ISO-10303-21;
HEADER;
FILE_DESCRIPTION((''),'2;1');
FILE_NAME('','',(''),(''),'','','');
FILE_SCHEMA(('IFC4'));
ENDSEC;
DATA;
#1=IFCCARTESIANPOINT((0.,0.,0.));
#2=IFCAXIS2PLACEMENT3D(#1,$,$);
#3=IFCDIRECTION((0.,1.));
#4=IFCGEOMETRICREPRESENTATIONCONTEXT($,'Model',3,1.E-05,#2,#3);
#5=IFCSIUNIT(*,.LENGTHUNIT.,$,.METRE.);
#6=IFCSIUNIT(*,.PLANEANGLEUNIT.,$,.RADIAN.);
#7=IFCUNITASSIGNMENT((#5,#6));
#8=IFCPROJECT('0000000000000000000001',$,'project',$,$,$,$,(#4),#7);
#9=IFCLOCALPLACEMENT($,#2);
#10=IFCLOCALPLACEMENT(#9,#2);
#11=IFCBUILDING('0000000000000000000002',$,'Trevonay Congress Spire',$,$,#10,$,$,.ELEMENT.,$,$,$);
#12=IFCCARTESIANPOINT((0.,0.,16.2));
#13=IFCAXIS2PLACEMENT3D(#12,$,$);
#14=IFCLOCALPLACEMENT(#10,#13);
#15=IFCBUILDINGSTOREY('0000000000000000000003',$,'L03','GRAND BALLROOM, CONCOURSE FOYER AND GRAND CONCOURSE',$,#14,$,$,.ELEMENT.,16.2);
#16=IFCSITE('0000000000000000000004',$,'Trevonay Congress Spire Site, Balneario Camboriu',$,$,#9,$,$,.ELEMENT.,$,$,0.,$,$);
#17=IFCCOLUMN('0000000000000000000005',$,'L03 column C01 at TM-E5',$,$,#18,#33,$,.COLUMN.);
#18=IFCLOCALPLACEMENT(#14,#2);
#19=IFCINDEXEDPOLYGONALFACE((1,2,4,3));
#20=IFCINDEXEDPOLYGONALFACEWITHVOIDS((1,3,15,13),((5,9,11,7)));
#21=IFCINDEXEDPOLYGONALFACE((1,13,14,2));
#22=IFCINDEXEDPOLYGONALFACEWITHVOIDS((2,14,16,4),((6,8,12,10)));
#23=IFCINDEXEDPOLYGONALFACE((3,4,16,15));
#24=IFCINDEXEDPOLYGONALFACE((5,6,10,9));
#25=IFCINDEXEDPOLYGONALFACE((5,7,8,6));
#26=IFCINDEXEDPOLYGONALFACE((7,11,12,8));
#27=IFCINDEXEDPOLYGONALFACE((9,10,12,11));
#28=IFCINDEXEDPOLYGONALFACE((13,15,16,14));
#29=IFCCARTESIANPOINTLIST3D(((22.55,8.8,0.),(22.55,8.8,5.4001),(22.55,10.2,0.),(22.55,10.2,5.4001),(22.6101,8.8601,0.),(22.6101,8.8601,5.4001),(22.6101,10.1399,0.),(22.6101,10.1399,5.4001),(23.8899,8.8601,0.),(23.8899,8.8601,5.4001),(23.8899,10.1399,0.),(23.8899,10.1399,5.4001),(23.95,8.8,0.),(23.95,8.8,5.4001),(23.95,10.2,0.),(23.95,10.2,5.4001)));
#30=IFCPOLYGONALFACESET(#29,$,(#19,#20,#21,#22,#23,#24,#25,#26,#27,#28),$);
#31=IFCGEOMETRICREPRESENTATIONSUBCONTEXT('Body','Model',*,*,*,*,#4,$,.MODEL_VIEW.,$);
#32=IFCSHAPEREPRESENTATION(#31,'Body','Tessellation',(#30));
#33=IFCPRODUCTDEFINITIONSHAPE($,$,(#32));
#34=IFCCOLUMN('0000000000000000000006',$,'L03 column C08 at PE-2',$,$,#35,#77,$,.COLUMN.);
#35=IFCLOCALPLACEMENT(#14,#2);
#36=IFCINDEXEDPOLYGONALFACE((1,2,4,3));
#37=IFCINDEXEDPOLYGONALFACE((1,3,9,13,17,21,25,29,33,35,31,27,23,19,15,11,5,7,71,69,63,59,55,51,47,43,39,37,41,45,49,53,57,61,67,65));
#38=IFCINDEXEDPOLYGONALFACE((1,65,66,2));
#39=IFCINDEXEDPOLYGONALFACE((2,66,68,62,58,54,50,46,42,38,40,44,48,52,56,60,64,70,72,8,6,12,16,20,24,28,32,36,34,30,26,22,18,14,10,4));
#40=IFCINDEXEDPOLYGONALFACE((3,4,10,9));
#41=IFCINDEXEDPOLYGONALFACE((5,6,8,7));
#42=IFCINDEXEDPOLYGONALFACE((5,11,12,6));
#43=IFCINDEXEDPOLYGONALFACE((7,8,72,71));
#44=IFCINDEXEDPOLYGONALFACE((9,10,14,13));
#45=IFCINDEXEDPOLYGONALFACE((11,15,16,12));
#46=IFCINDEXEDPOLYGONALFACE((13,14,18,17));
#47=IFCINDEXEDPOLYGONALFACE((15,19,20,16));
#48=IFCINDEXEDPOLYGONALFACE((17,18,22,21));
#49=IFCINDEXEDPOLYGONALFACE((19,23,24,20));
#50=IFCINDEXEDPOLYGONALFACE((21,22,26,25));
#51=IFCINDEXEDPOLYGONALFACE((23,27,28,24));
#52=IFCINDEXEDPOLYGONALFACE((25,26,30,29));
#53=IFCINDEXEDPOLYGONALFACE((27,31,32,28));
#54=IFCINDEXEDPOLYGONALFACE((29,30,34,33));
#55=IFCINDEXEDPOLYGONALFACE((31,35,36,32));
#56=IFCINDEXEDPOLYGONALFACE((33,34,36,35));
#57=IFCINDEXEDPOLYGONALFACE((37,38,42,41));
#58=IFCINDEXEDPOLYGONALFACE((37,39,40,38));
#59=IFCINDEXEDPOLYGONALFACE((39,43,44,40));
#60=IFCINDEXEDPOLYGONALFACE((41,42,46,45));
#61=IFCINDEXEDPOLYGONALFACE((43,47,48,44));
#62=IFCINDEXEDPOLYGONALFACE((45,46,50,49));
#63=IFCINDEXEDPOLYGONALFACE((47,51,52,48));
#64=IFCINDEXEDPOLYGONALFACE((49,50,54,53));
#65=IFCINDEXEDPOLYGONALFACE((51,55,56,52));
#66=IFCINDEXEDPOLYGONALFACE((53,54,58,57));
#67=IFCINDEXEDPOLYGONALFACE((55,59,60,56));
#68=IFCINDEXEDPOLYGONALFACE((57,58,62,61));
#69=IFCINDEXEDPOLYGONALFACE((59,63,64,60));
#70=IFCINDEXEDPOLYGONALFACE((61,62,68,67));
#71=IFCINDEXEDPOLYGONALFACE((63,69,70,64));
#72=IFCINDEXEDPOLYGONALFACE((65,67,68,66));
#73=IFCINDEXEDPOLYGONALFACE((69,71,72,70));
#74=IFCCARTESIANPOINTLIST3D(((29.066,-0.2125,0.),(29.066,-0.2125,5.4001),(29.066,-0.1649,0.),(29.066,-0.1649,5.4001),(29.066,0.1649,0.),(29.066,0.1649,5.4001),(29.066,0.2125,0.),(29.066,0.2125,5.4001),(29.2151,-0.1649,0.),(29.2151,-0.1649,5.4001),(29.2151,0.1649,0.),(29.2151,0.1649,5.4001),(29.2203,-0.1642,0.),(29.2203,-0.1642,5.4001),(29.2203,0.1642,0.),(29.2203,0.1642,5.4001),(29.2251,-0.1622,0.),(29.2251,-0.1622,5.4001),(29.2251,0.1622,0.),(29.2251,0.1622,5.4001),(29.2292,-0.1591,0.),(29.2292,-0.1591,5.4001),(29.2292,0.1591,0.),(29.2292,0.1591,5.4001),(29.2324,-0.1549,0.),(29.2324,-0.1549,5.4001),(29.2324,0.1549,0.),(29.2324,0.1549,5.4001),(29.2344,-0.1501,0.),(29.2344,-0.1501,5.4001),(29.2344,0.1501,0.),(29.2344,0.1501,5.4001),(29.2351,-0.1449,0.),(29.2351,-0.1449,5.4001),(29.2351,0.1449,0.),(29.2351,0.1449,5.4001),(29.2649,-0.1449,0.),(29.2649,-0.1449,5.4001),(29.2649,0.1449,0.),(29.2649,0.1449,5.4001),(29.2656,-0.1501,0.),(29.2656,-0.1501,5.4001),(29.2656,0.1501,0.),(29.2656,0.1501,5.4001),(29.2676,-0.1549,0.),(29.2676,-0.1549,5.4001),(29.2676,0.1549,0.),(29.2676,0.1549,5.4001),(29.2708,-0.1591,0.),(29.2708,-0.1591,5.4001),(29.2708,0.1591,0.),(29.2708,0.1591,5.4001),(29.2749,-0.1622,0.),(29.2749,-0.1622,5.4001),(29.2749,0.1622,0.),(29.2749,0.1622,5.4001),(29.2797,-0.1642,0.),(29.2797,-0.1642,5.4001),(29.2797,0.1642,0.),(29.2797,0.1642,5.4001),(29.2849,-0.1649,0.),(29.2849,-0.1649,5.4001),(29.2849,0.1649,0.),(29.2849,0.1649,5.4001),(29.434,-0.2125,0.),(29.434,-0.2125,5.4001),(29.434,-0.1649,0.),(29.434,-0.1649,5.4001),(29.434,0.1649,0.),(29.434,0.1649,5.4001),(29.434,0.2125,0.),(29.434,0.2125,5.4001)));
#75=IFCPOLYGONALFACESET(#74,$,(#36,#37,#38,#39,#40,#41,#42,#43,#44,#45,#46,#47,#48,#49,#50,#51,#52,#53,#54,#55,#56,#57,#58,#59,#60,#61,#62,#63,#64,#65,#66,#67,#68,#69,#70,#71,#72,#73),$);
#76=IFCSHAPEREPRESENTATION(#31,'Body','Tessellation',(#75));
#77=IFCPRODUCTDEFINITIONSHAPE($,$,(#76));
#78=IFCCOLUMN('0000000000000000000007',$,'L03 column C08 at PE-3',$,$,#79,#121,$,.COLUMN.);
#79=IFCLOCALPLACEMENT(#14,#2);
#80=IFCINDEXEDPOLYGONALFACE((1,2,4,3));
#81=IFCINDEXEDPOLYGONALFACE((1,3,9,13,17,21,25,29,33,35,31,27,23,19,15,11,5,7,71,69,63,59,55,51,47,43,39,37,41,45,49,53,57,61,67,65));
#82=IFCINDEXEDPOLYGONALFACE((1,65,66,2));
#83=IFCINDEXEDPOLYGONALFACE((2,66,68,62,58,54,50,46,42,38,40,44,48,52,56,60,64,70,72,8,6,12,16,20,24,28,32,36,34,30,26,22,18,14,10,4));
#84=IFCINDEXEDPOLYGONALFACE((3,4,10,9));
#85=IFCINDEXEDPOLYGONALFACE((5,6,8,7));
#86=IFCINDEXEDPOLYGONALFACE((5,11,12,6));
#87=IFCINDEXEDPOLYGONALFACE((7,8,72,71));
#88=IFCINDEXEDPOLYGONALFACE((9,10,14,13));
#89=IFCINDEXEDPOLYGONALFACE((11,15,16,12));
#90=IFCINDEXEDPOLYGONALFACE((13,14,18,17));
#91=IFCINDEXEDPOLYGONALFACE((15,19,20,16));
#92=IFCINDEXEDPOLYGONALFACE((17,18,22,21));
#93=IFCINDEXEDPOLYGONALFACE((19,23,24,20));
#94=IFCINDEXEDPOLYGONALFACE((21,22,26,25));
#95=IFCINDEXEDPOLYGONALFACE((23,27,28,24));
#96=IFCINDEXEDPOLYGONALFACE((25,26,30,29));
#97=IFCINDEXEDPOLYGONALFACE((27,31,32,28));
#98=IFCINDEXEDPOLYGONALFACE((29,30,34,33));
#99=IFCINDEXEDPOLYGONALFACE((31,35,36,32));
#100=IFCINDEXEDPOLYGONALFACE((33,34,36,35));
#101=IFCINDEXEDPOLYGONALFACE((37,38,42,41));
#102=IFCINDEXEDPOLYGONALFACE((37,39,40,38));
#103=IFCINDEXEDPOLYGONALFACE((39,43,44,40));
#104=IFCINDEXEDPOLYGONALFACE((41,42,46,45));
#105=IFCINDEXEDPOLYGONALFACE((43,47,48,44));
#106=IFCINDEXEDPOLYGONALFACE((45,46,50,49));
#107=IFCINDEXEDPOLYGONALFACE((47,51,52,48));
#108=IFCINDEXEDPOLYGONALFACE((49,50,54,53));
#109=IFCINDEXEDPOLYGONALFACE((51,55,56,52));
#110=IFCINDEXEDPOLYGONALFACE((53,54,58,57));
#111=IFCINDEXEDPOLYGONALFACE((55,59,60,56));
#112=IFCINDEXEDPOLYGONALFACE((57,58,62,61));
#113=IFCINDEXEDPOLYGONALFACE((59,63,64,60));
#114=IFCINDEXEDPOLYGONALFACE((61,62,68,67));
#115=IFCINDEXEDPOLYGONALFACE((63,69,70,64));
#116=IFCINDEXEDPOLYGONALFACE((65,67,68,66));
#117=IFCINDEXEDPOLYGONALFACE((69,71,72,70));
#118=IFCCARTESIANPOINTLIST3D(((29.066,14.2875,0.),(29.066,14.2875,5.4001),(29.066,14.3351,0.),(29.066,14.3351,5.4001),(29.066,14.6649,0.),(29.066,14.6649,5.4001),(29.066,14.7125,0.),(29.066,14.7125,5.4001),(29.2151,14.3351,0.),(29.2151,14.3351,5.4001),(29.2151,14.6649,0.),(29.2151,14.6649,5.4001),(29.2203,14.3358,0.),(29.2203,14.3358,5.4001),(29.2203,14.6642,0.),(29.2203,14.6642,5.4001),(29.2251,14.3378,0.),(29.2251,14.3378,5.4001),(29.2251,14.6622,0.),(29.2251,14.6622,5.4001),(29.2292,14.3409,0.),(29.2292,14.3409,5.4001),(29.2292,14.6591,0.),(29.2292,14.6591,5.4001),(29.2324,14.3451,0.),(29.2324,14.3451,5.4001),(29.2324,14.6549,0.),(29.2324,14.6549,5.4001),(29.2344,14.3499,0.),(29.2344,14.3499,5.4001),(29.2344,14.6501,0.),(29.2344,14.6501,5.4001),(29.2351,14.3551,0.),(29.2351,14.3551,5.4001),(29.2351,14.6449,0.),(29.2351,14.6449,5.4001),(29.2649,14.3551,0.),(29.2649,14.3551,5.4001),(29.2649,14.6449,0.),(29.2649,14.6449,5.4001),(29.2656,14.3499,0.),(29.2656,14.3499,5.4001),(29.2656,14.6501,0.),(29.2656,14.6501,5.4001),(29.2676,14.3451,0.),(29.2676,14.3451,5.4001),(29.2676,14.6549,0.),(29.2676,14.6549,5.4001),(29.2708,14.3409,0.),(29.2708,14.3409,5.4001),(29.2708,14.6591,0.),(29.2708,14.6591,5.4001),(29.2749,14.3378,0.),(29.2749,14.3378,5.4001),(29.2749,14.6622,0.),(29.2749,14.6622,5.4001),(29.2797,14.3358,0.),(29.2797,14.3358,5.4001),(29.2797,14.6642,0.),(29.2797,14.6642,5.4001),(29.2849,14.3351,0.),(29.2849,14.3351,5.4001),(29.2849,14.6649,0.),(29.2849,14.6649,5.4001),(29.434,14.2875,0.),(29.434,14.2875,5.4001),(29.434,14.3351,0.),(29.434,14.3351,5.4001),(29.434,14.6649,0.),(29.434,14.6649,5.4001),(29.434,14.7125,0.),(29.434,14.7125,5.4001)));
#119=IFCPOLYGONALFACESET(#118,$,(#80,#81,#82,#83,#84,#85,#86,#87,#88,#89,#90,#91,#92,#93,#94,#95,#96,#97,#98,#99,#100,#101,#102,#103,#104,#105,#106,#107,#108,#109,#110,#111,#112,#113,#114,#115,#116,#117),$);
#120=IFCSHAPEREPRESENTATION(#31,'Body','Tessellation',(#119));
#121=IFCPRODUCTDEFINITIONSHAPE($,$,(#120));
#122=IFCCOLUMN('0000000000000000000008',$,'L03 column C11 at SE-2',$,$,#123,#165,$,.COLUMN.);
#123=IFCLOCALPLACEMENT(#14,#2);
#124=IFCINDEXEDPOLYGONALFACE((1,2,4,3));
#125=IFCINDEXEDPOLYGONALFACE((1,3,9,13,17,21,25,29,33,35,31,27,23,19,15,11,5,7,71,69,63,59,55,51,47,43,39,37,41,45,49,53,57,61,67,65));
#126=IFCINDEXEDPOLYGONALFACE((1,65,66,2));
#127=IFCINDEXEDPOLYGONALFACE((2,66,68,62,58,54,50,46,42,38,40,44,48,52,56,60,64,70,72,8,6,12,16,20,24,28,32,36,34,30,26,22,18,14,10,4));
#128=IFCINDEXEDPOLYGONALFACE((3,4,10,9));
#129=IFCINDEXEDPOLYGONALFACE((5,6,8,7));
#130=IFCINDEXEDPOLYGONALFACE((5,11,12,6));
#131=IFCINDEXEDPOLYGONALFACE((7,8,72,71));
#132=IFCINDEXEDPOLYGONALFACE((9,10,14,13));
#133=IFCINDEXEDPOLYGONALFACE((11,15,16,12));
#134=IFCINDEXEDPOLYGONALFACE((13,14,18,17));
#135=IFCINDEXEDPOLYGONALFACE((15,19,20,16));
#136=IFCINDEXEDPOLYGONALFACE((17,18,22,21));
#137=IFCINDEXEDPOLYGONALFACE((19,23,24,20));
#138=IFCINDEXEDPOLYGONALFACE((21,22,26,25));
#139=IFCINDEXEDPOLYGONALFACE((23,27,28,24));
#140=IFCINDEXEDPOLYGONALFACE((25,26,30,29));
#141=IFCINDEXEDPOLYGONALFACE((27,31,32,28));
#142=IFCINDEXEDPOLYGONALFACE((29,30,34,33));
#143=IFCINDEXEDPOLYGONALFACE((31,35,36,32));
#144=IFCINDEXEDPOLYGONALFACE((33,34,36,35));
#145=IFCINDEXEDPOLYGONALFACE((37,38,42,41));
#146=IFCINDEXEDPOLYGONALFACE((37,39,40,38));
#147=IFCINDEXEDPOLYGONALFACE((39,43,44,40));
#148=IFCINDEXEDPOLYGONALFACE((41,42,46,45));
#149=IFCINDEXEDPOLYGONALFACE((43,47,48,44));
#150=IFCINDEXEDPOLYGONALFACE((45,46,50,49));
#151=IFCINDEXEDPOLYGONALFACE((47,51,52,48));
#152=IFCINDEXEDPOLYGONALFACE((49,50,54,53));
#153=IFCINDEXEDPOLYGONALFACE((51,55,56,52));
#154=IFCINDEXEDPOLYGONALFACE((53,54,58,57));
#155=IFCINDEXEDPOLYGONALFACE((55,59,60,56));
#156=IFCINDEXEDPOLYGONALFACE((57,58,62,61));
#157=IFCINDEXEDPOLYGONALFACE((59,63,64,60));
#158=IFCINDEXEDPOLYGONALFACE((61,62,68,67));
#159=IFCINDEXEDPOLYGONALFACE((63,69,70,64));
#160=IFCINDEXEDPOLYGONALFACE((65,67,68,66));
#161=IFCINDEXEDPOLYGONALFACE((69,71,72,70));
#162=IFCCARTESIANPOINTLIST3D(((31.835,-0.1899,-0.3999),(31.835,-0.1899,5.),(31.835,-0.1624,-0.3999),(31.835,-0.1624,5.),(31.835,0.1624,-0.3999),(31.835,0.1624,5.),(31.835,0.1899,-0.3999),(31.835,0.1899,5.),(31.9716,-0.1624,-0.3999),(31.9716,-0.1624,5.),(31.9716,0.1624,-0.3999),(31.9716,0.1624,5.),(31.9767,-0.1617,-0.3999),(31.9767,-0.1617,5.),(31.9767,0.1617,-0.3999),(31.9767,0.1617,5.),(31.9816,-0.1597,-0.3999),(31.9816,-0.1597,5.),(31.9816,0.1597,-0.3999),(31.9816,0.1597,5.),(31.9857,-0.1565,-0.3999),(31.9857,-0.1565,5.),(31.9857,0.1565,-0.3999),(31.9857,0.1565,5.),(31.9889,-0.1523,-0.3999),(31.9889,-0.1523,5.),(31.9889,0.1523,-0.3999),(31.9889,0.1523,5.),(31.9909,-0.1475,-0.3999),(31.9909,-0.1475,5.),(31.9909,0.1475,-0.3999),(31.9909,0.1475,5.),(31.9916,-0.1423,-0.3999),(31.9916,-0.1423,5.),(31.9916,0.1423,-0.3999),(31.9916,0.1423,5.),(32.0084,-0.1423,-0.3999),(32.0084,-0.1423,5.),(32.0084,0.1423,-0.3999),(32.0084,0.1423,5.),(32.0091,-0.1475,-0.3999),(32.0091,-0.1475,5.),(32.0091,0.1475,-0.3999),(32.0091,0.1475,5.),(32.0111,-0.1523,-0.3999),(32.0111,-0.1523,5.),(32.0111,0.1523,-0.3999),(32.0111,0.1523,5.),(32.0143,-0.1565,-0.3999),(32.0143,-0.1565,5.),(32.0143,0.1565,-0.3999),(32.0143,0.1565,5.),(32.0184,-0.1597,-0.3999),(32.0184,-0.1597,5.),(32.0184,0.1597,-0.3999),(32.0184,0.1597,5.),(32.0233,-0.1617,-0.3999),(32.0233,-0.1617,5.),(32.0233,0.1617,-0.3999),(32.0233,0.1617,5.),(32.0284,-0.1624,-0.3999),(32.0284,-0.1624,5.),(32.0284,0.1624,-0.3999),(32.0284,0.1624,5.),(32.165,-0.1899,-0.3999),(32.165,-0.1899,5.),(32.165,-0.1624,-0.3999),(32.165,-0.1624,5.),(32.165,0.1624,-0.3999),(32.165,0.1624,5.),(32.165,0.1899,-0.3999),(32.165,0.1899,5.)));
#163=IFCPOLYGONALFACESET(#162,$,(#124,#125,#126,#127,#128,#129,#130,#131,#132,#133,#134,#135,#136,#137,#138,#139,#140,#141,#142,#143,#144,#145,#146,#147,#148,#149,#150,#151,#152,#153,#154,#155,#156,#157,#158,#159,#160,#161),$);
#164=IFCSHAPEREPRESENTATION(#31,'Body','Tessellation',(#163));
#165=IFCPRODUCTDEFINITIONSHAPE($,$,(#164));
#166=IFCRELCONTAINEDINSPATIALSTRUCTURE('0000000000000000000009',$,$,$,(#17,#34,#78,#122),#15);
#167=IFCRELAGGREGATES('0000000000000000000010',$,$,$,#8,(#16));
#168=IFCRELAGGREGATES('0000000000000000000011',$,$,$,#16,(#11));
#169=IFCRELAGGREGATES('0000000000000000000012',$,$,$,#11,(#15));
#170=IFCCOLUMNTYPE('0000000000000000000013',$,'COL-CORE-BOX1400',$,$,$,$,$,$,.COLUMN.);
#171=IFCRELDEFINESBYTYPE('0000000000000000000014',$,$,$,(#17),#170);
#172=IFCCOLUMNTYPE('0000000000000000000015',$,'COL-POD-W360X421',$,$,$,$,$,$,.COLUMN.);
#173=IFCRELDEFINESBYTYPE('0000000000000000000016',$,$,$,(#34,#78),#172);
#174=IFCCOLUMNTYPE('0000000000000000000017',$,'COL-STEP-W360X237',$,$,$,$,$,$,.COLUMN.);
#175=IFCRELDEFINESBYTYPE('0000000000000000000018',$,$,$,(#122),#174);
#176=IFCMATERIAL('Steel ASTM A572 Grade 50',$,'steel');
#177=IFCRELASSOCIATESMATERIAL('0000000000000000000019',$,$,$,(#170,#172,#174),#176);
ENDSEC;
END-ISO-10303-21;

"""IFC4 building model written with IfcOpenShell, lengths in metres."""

from ifc_helpers import new_model, si_unit, direction, frame, origin, origin_2d, place, context, subcontext, project, spatial, hollow_rectangle, i_section, extrude, material, material_profile, profile_set, type_object, element, save


model = new_model("IFC4")

# Units and contexts
model_context = context("Model", 3, precision=1e-05, world=origin(), true_north=direction((0.0, 1.0)))
body_context = subcontext(model_context, "Body", "Model", "MODEL_VIEW")
ifc_project = project(units=[si_unit("LENGTHUNIT", "METRE"), si_unit("PLANEANGLEUNIT", "RADIAN")], contexts=[model_context])

# Site, building, storey
site_placement = place(None, origin())
site = spatial("IfcSite", under=ifc_project, at=site_placement, Name="Trevonay Congress Spire Site, Balneario Camboriu", CompositionType="ELEMENT", RefElevation=0.0)
building_placement = place(site_placement, origin())
building = spatial("IfcBuilding", under=site, at=building_placement, Name="Trevonay Congress Spire", CompositionType="ELEMENT")
storey_placement = place(building_placement, frame((0.0, 0.0, 16.2)))
storey = spatial("IfcBuildingStorey", under=building, at=storey_placement, Name="L03", Description="GRAND BALLROOM, CONCOURSE FOYER AND GRAND CONCOURSE", CompositionType="ELEMENT", Elevation=16.2)

# Columns
ifc_material_1 = material(Name="Steel ASTM A572 Grade 50", Category="steel")
ifc_material_profile_1 = material_profile(ifc_material_1, hollow_rectangle(XDim=1.3999, YDim=1.3999, WallThickness=0.0601, at=origin_2d()), Name="BOX 1400x1400x60")
ifc_profile_set_1 = profile_set([ifc_material_profile_1], Name="Steel ASTM A572 Grade 50")
column_type_1 = type_object("IfcColumnType", Name="COL-CORE-BOX1400", PredefinedType="COLUMN", material=ifc_profile_set_1)
column_placement = place(storey_placement, frame((23.25, 9.5, 0.0), z_axis=(0.0, 0.0, 1.0), x_axis=(1.0, 0.0, 0.0)))
element("IfcColumn", 1, at=column_placement, inside=storey, type_object=column_type_1, Name="L03 column C01 at TM-E5", PredefinedType="COLUMN", context=body_context, shape_type="SweptSolid", body=[
    extrude(hollow_rectangle(XDim=1.3999, YDim=1.3999, WallThickness=0.0601, at=origin_2d()), origin(), (0.0, 0.0, 1.0), 5.4001),
])
ifc_material_profile_2 = material_profile(ifc_material_1, i_section(OverallWidth=0.3679, OverallDepth=0.425, WebThickness=0.0298, FlangeThickness=0.0476, FilletRadius=0.02, at=origin_2d()), Name="W360x421")
ifc_profile_set_2 = profile_set([ifc_material_profile_2], Name="Steel ASTM A572 Grade 50")
column_type_2 = type_object("IfcColumnType", Name="COL-POD-W360X421", PredefinedType="COLUMN", material=ifc_profile_set_2)
for number, where, z_axis, x_axis, name in (
    (2, (29.25, 0.0, 0.0), (0.0, 0.0, 1.0), (1.0, 0.0, 0.0), "L03 column C08 at PE-2"),
    (3, (29.25, 14.5, 0.0), (0.0, 0.0, 1.0), (1.0, 0.0, 0.0), "L03 column C08 at PE-3"),
):
    element("IfcColumn", number, at=place(storey_placement, frame(where, z_axis=z_axis, x_axis=x_axis)), inside=storey, type_object=column_type_2, Name=name, PredefinedType="COLUMN", context=body_context, shape_type="SweptSolid", body=[
        extrude(i_section(OverallWidth=0.3679, OverallDepth=0.425, WebThickness=0.0298, FlangeThickness=0.0476, FilletRadius=0.02, at=origin_2d()), origin(), (0.0, 0.0, 1.0), 5.4001),
    ])
ifc_material_profile_3 = material_profile(ifc_material_1, i_section(OverallWidth=0.3301, OverallDepth=0.3799, WebThickness=0.0168, FlangeThickness=0.0276, FilletRadius=0.02, at=origin_2d()), Name="W360x237")
ifc_profile_set_3 = profile_set([ifc_material_profile_3], Name="Steel ASTM A572 Grade 50")
column_type_3 = type_object("IfcColumnType", Name="COL-STEP-W360X237", PredefinedType="COLUMN", material=ifc_profile_set_3)
for number, where, z_axis, x_axis, name in (
    (4, (32.0, 0.0, -0.3999), (0.0, 0.0, 1.0), (1.0, 0.0, 0.0), "L03 column C11 at SE-2"),
):
    element("IfcColumn", number, at=place(storey_placement, frame(where, z_axis=z_axis, x_axis=x_axis)), inside=storey, type_object=column_type_3, Name=name, PredefinedType="COLUMN", context=body_context, shape_type="SweptSolid", body=[
        extrude(i_section(OverallWidth=0.3301, OverallDepth=0.3799, WebThickness=0.0168, FlangeThickness=0.0276, FilletRadius=0.02, at=origin_2d()), origin(), (0.0, 0.0, 1.0), 5.3999),
    ])

save(model, "model.ifc")
